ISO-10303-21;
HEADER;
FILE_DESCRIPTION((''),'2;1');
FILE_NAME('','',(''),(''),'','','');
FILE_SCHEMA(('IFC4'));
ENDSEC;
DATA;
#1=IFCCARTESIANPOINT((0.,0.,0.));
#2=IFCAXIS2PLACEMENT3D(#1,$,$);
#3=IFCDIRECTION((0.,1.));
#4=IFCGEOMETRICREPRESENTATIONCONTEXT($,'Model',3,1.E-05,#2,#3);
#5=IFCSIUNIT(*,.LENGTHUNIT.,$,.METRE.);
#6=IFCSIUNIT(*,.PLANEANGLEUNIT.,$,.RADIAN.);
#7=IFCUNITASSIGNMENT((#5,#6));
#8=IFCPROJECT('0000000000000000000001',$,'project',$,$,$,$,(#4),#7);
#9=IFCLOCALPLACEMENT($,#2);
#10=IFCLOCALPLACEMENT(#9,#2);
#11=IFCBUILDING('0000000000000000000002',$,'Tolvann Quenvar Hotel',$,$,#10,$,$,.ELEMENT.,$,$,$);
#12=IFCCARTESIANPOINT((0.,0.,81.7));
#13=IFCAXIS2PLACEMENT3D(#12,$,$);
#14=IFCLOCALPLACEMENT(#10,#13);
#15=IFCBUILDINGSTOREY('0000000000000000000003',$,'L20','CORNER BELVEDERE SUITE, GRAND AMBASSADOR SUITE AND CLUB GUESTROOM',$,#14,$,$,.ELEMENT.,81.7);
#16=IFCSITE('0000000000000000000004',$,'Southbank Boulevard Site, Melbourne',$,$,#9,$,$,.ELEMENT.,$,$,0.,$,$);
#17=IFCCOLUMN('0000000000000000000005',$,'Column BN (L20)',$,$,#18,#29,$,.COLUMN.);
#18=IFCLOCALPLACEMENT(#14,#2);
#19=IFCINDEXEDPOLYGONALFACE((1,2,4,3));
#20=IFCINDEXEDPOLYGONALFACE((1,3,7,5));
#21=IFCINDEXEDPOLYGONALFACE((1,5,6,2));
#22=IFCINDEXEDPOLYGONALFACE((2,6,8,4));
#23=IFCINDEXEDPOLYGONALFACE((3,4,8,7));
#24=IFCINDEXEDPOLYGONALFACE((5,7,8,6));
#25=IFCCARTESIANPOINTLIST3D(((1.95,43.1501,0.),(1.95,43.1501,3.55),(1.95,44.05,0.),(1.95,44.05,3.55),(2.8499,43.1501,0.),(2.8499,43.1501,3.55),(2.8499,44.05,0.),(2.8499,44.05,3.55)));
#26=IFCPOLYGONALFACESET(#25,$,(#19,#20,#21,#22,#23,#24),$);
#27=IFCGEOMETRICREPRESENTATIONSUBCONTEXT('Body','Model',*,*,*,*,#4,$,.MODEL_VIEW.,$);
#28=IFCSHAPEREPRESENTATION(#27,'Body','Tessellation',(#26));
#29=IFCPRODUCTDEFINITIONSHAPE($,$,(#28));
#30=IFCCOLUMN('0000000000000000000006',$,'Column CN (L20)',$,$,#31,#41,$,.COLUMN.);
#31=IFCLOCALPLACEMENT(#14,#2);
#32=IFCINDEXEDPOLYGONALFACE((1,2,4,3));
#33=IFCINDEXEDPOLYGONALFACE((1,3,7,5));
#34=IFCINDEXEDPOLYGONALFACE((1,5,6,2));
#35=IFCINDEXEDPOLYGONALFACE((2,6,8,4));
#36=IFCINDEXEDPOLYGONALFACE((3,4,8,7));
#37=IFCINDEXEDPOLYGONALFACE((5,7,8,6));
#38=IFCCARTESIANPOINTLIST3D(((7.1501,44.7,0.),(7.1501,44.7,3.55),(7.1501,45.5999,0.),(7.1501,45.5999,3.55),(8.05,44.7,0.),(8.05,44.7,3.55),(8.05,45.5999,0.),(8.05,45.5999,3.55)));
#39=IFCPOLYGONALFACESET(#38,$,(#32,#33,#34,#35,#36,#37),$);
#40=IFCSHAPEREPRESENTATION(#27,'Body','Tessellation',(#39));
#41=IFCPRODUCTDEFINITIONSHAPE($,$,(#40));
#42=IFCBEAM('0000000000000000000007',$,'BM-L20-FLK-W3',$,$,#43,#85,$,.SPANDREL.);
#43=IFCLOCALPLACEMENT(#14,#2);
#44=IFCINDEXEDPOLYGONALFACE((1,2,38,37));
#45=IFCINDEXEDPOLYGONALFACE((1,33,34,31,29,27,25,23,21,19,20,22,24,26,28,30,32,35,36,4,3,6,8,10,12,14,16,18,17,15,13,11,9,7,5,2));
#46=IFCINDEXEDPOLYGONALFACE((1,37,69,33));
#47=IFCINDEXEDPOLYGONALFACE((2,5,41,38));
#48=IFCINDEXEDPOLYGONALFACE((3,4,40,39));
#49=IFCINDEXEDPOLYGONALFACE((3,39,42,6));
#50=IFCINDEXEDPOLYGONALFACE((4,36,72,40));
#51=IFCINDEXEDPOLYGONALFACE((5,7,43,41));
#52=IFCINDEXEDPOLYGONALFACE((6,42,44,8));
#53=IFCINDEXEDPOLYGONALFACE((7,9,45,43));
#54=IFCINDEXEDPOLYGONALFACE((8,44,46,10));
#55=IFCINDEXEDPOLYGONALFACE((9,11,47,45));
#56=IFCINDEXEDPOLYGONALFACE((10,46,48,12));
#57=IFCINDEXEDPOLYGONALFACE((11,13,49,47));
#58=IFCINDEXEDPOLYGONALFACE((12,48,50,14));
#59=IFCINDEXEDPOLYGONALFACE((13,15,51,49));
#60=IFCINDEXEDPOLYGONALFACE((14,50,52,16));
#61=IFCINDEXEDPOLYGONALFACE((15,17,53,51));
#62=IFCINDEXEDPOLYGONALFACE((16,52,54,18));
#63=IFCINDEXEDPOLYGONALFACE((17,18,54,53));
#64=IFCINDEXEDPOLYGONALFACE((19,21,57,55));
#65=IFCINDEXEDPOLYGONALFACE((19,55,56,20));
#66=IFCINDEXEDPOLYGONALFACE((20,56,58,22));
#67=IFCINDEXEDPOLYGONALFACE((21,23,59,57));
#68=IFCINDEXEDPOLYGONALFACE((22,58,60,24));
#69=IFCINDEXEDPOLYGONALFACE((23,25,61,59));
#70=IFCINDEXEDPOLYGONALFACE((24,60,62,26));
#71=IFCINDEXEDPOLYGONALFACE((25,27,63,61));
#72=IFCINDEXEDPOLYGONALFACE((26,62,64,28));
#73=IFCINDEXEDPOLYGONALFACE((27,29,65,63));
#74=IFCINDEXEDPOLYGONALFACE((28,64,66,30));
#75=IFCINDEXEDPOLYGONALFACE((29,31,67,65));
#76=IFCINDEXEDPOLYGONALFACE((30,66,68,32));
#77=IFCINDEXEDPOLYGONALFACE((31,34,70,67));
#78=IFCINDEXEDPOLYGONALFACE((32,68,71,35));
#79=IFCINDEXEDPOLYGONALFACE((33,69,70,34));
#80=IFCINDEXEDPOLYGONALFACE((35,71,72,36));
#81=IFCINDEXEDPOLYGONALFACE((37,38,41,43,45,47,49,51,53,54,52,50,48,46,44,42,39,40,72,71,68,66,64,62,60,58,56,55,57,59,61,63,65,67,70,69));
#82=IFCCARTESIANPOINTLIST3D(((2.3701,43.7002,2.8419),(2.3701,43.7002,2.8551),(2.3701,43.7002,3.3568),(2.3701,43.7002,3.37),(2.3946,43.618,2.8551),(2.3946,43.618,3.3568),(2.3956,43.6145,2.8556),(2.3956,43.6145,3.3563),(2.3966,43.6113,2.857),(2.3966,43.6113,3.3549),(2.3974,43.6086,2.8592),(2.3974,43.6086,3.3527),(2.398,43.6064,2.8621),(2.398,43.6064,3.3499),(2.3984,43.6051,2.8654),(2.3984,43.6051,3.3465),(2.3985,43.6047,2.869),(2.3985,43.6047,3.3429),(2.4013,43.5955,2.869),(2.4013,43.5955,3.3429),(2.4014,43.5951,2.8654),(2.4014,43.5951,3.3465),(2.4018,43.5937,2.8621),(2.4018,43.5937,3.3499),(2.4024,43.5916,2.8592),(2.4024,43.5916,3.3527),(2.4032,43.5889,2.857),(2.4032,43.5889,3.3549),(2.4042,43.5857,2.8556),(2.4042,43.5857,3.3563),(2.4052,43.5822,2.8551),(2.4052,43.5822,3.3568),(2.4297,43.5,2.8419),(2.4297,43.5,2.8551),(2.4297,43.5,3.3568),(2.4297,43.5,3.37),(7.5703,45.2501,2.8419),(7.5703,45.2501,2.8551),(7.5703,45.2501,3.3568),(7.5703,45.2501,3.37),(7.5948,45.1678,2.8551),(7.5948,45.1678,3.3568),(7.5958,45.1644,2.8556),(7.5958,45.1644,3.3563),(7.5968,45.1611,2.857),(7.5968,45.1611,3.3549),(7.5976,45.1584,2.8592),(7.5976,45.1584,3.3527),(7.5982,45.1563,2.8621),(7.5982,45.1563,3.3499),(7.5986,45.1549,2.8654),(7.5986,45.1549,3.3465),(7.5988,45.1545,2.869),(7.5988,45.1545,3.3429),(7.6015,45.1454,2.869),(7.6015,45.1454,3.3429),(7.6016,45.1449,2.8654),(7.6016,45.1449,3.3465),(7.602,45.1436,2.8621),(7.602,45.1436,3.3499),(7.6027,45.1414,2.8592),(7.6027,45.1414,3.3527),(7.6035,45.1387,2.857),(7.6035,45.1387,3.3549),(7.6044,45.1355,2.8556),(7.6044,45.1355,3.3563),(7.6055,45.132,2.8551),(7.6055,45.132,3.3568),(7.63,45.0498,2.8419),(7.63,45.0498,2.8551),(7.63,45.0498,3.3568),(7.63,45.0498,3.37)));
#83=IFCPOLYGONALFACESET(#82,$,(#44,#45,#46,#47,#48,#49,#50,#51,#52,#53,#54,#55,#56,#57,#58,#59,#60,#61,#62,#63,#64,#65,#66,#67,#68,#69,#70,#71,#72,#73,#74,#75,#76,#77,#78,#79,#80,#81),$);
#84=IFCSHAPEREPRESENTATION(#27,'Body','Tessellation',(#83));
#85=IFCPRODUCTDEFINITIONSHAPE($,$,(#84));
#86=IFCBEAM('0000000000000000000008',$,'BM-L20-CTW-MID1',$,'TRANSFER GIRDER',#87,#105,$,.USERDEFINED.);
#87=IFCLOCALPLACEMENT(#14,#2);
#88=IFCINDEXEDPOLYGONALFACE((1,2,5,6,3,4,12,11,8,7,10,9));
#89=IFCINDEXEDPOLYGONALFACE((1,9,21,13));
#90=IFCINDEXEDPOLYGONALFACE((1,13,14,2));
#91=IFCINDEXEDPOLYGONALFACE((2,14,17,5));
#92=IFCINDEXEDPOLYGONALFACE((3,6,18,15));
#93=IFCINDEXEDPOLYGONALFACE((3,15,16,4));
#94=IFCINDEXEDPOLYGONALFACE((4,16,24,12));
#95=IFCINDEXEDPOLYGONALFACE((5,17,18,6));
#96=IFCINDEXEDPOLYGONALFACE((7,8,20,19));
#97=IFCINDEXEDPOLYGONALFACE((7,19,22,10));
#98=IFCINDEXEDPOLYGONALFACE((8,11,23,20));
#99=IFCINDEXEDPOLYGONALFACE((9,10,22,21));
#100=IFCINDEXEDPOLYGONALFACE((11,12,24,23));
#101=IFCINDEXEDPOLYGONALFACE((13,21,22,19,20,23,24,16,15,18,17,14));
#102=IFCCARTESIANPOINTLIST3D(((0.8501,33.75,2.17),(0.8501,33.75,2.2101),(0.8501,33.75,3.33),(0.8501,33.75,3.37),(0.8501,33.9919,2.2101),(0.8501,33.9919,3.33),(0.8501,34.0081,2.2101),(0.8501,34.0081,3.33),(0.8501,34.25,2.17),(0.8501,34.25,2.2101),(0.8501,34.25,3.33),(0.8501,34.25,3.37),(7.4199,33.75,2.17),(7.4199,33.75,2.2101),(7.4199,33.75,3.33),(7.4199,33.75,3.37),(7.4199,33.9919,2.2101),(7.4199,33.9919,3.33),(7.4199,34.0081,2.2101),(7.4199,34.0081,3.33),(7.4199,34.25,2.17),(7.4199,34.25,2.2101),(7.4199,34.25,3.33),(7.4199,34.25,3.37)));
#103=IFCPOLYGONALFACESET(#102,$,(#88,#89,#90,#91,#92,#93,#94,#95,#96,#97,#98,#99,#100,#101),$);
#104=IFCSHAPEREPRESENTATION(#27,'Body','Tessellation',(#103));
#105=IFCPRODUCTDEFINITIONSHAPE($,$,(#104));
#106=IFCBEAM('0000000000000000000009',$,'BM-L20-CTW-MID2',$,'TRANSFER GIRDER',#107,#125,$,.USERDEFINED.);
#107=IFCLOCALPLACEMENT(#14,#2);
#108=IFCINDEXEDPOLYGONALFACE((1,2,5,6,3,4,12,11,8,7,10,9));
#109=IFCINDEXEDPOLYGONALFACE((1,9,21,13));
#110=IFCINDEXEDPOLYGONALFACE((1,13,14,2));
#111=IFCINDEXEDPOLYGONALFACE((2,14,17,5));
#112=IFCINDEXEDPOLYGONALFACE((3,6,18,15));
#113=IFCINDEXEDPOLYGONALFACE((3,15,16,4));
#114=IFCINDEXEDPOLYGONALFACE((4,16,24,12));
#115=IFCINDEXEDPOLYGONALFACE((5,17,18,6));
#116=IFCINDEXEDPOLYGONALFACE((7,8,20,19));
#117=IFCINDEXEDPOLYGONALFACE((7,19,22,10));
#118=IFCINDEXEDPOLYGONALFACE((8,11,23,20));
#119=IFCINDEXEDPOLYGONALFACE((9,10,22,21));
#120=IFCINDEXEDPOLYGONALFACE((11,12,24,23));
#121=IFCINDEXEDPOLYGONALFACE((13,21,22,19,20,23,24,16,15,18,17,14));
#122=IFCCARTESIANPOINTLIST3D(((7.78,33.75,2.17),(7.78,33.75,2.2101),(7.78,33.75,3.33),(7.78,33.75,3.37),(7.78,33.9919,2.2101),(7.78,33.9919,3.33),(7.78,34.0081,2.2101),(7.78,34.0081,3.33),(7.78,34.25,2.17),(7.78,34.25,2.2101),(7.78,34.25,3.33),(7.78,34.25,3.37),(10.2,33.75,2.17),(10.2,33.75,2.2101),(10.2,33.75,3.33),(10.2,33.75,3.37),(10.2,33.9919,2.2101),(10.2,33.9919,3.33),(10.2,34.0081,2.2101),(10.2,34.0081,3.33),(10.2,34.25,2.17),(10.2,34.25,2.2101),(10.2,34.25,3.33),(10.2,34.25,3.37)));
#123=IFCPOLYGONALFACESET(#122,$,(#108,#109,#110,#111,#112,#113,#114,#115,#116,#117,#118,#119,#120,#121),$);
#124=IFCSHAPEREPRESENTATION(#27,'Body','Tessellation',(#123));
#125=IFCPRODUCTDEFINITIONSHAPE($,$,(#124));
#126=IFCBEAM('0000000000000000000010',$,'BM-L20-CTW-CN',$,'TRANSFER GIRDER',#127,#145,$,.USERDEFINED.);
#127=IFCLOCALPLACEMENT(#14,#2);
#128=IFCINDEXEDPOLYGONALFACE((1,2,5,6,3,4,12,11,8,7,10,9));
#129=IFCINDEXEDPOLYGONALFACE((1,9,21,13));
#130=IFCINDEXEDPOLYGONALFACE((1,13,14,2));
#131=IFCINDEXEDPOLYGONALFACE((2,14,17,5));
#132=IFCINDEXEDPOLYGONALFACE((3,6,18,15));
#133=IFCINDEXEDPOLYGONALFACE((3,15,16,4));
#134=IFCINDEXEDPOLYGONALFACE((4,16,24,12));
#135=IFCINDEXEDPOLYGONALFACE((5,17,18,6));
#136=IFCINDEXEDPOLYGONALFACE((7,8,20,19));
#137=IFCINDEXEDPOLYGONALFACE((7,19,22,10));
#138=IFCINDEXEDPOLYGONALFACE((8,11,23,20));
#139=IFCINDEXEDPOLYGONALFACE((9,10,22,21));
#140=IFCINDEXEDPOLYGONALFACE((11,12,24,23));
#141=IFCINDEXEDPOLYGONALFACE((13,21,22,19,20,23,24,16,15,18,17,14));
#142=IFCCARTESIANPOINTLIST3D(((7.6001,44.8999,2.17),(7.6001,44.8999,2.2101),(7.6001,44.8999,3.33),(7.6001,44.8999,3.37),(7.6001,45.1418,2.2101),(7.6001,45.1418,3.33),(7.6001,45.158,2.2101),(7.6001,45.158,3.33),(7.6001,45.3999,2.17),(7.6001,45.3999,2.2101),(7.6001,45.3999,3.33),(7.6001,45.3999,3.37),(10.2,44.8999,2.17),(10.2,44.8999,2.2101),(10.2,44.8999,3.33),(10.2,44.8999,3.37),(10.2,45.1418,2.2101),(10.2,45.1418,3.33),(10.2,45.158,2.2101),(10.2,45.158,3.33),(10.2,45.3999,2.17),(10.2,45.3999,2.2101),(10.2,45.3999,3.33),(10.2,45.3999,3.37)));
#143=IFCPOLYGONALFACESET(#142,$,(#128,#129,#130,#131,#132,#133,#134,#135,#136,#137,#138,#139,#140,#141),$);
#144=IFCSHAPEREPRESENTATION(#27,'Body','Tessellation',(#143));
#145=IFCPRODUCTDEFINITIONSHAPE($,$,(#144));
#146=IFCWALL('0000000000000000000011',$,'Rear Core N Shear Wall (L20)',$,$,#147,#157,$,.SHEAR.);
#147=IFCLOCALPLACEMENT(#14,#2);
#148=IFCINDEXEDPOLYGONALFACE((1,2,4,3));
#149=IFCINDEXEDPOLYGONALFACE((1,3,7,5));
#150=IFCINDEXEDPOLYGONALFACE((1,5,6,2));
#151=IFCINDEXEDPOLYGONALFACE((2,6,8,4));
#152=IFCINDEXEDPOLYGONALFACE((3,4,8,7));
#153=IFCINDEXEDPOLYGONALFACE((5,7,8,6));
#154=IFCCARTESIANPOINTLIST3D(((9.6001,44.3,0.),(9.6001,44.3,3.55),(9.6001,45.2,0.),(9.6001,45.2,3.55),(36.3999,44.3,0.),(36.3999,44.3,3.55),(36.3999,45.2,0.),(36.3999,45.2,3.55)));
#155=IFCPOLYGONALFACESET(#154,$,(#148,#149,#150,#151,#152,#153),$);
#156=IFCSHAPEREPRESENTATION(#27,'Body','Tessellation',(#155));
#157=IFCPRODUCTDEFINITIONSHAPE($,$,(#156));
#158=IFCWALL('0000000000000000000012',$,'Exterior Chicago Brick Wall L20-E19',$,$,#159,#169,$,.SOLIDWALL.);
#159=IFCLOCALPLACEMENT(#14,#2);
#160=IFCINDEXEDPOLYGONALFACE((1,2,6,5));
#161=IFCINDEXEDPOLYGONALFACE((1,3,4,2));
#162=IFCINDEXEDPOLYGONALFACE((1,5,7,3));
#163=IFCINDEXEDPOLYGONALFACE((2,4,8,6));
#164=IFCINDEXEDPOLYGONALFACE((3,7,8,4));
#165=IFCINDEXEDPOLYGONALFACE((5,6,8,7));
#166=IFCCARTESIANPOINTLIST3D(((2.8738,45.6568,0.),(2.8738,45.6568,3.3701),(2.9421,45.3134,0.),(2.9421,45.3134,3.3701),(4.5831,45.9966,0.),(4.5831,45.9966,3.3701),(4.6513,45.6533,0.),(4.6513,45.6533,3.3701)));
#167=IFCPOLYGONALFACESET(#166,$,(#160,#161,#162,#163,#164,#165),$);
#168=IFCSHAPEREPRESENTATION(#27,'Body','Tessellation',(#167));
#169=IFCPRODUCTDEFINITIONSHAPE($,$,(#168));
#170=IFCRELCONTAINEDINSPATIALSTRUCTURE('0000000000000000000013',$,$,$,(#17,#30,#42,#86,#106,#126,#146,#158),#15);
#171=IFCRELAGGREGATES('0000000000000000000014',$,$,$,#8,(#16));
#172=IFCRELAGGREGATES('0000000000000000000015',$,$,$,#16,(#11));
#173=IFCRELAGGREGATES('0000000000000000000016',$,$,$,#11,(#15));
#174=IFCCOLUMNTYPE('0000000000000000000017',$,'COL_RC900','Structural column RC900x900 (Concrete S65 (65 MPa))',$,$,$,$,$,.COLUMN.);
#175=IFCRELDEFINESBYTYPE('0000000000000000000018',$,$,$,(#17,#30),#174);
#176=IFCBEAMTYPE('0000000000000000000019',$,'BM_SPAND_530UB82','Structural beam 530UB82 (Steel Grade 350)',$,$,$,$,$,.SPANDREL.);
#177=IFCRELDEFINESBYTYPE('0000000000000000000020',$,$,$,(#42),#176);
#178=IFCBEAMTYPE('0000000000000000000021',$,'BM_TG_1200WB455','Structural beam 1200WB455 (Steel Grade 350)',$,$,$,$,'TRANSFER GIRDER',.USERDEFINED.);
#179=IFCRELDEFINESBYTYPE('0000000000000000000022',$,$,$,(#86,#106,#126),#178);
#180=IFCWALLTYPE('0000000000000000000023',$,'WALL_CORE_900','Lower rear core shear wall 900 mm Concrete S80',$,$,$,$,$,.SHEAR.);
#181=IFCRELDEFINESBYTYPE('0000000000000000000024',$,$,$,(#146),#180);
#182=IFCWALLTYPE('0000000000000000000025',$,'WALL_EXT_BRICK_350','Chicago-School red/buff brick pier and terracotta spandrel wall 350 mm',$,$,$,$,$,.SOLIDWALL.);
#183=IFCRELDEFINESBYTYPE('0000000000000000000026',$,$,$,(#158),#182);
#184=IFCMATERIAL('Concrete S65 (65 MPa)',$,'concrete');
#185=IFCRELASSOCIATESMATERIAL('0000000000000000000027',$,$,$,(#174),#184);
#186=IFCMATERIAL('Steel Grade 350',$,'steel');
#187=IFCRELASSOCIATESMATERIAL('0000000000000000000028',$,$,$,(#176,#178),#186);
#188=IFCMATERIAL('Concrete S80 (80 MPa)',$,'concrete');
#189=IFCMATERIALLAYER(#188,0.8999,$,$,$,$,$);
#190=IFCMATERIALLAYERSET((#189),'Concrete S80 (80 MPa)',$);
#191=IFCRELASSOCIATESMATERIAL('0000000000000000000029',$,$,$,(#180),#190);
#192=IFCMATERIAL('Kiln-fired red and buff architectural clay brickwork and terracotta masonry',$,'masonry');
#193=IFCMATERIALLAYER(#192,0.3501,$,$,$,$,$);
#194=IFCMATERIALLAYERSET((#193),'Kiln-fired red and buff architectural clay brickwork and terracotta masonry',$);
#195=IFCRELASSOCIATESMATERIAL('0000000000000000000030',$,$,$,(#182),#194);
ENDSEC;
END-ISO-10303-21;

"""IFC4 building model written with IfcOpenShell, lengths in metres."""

from ifc_helpers import new_model, si_unit, direction, frame, frame_2d, origin, origin_2d, place, context, subcontext, project, spatial, rectangle, i_section, extrude, source, transform, mapped, material, layer, layer_set, material_profile, profile_set, type_object, type_shapes, element, save


model = new_model("IFC4")

# Units and contexts
model_context = context("Model", 3, precision=1e-05, world=origin(), true_north=direction((0.0, 1.0)))
body_context = subcontext(model_context, "Body", "Model", "MODEL_VIEW")
ifc_project = project(units=[si_unit("LENGTHUNIT", "METRE"), si_unit("PLANEANGLEUNIT", "RADIAN")], contexts=[model_context])

# Site, building, storey
site_placement = place(None, origin())
site = spatial("IfcSite", under=ifc_project, at=site_placement, Name="Southbank Boulevard Site, Melbourne", CompositionType="ELEMENT", RefElevation=0.0)
building_placement = place(site_placement, origin())
building = spatial("IfcBuilding", under=site, at=building_placement, Name="Tolvann Quenvar Hotel", CompositionType="ELEMENT")
storey_placement = place(building_placement, frame((0.0, 0.0, 81.7)))
storey = spatial("IfcBuildingStorey", under=building, at=storey_placement, Name="L20", Description="CORNER BELVEDERE SUITE, GRAND AMBASSADOR SUITE AND CLUB GUESTROOM", CompositionType="ELEMENT", Elevation=81.7)

# Columns
ifc_material_1 = material(Name="Concrete S65 (65 MPa)", Category="concrete")
ifc_material_profile_1 = material_profile(ifc_material_1, rectangle(XDim=0.8999, YDim=0.8999, at=origin_2d()), Name="RC900x900")
ifc_profile_set_1 = profile_set([ifc_material_profile_1], Name="Concrete S65 (65 MPa)")
column_type = type_object("IfcColumnType", Name="COL_RC900", Description="Structural column RC900x900 (Concrete S65 (65 MPa))", PredefinedType="COLUMN", material=ifc_profile_set_1)
shared_shape_1 = source(origin(), body_context, "Body", "SweptSolid", [
    extrude(rectangle(XDim=0.8999, YDim=0.8999, at=origin_2d()), origin(), (0.0, 0.0, 1.0), 3.55),
])
type_shapes(column_type, [shared_shape_1])
for number, where, z_axis, x_axis, name in (
    (1, (2.3999, 43.6001, 0.0), (0.0, 0.0, 1.0), (1.0, 0.0, 0.0), "Column BN (L20)"),
    (2, (7.6001, 45.1499, 0.0), (0.0, 0.0, 1.0), (1.0, 0.0, 0.0), "Column CN (L20)"),
):
    element("IfcColumn", number, at=place(storey_placement, frame(where, z_axis=z_axis, x_axis=x_axis)), inside=storey, type_object=column_type, Name=name, PredefinedType="COLUMN", context=body_context, shape_type="MappedRepresentation", body=[
        mapped(shared_shape_1, transform((0.0, 0.0, 0.0), x_axis=(1.0, 0.0, 0.0), y_axis=(0.0, 1.0, 0.0), z_axis=(0.0, 0.0, 1.0), scale=1.0)),
    ])

# Beams
ifc_material_2 = material(Name="Steel Grade 350", Category="steel")
ifc_material_profile_2 = material_profile(ifc_material_2, i_section(OverallWidth=0.209, OverallDepth=0.5281, WebThickness=0.0095, FlangeThickness=0.0132, FilletRadius=0.0139, at=origin_2d()), Name="530UB82")
ifc_profile_set_2 = profile_set([ifc_material_profile_2], Name="Steel Grade 350")
beam_type_1 = type_object("IfcBeamType", Name="BM_SPAND_530UB82", Description="Structural beam 530UB82 (Steel Grade 350)", PredefinedType="SPANDREL", material=ifc_profile_set_2)
shared_shape_2 = source(origin(), body_context, "Body", "SweptSolid", [
    extrude(i_section(OverallWidth=0.209, OverallDepth=0.5281, WebThickness=0.0095, FlangeThickness=0.0132, FilletRadius=0.0139, at=origin_2d()), origin(), (0.0, 0.0, 1.0), 5.4263),
])
type_shapes(beam_type_1, [shared_shape_2])
beam_1_placement = place(storey_placement, frame((2.3999, 43.6001, 3.106), z_axis=(0.958345, 0.285614, 0.0), x_axis=(-0.285614, 0.958345, 0.0)))
element("IfcBeam", 3, at=beam_1_placement, inside=storey, type_object=beam_type_1, Name="BM-L20-FLK-W3", PredefinedType="SPANDREL", context=body_context, shape_type="MappedRepresentation", body=[
    mapped(shared_shape_2, transform((0.0, 0.0, 0.0), x_axis=(1.0, 0.0, 0.0), y_axis=(0.0, 1.0, 0.0), z_axis=(0.0, 0.0, 1.0), scale=1.0)),
])
ifc_material_profile_3 = material_profile(ifc_material_2, i_section(OverallWidth=0.5, OverallDepth=1.2, WebThickness=0.0161, FlangeThickness=0.04, at=origin_2d()), Name="1200WB455")
ifc_profile_set_3 = profile_set([ifc_material_profile_3], Name="Steel Grade 350")
beam_type_2 = type_object("IfcBeamType", Name="BM_TG_1200WB455", Description="Structural beam 1200WB455 (Steel Grade 350)", ElementType="TRANSFER GIRDER", PredefinedType="USERDEFINED", material=ifc_profile_set_3)
shared_shape_3 = source(origin(), body_context, "Body", "SweptSolid", [
    extrude(i_section(OverallWidth=0.5, OverallDepth=1.2, WebThickness=0.0161, FlangeThickness=0.04, at=origin_2d()), origin(), (0.0, 0.0, 1.0), 6.5698),
])
beam_2_placement = place(storey_placement, frame((0.8501, 34.0, 2.77), z_axis=(1.0, 0.0, 0.0), x_axis=(0.0, 1.0, 0.0)))
element("IfcBeam", 4, at=beam_2_placement, inside=storey, type_object=beam_type_2, Name="BM-L20-CTW-MID1", ObjectType="TRANSFER GIRDER", PredefinedType="USERDEFINED", context=body_context, shape_type="MappedRepresentation", body=[
    mapped(shared_shape_3, transform((0.0, 0.0, 0.0), x_axis=(1.0, 0.0, 0.0), y_axis=(0.0, 1.0, 0.0), z_axis=(0.0, 0.0, 1.0), scale=1.0)),
])
shared_shape_4 = source(origin(), body_context, "Body", "SweptSolid", [
    extrude(i_section(OverallWidth=0.5, OverallDepth=1.2, WebThickness=0.0161, FlangeThickness=0.04, at=origin_2d()), origin(), (0.0, 0.0, 1.0), 2.4199),
])
beam_3_placement = place(storey_placement, frame((7.78, 34.0, 2.77), z_axis=(1.0, 0.0, 0.0), x_axis=(0.0, 1.0, 0.0)))
element("IfcBeam", 5, at=beam_3_placement, inside=storey, type_object=beam_type_2, Name="BM-L20-CTW-MID2", ObjectType="TRANSFER GIRDER", PredefinedType="USERDEFINED", context=body_context, shape_type="MappedRepresentation", body=[
    mapped(shared_shape_4, transform((0.0, 0.0, 0.0), x_axis=(1.0, 0.0, 0.0), y_axis=(0.0, 1.0, 0.0), z_axis=(0.0, 0.0, 1.0), scale=1.0)),
])
shared_shape_5 = source(origin(), body_context, "Body", "SweptSolid", [
    extrude(i_section(OverallWidth=0.5, OverallDepth=1.2, WebThickness=0.0161, FlangeThickness=0.04, at=origin_2d()), origin(), (0.0, 0.0, 1.0), 2.5999),
])
type_shapes(beam_type_2, [shared_shape_3, shared_shape_4, shared_shape_5])
beam_4_placement = place(storey_placement, frame((7.6001, 45.1499, 2.77), z_axis=(1.0, 0.0, 0.0), x_axis=(0.0, 1.0, 0.0)))
element("IfcBeam", 6, at=beam_4_placement, inside=storey, type_object=beam_type_2, Name="BM-L20-CTW-CN", ObjectType="TRANSFER GIRDER", PredefinedType="USERDEFINED", context=body_context, shape_type="MappedRepresentation", body=[
    mapped(shared_shape_5, transform((0.0, 0.0, 0.0), x_axis=(1.0, 0.0, 0.0), y_axis=(0.0, 1.0, 0.0), z_axis=(0.0, 0.0, 1.0), scale=1.0)),
])

# Walls
ifc_material_3 = material(Name="Concrete S80 (80 MPa)", Category="concrete")
ifc_layer_1 = layer(ifc_material_3, 0.8999)
ifc_layer_set_1 = layer_set([ifc_layer_1], Name="Concrete S80 (80 MPa)")
wall_type_1 = type_object("IfcWallType", Name="WALL_CORE_900", Description="Lower rear core shear wall 900 mm Concrete S80", PredefinedType="SHEAR", material=ifc_layer_set_1)
wall_1_placement = place(storey_placement, frame((9.6001, 44.75, 0.0), z_axis=(0.0, 0.0, 1.0), x_axis=(1.0, 0.0, 0.0)))
element("IfcWall", 7, at=wall_1_placement, inside=storey, type_object=wall_type_1, Name="Rear Core N Shear Wall (L20)", PredefinedType="SHEAR", context=body_context, shape_type="SweptSolid", body=[
    extrude(rectangle(XDim=26.7998, YDim=0.8999, at=frame_2d((13.3999, 0.0))), origin(), (0.0, 0.0, 1.0), 3.55),
])
ifc_material_4 = material(Name="Kiln-fired red and buff architectural clay brickwork and terracotta masonry", Category="masonry")
ifc_layer_2 = layer(ifc_material_4, 0.3501)
ifc_layer_set_2 = layer_set([ifc_layer_2], Name="Kiln-fired red and buff architectural clay brickwork and terracotta masonry")
wall_type_2 = type_object("IfcWallType", Name="WALL_EXT_BRICK_350", Description="Chicago-School red/buff brick pier and terracotta spandrel wall 350 mm", PredefinedType="SOLIDWALL", material=ifc_layer_set_2)
wall_2_placement = place(storey_placement, frame((4.6172, 45.825, 0.0), z_axis=(0.0, 0.0, 1.0), x_axis=(-0.980801, -0.195011, 0.0)))
element("IfcWall", 8, at=wall_2_placement, inside=storey, type_object=wall_type_2, Name="Exterior Chicago Brick Wall L20-E19", PredefinedType="SOLIDWALL", context=body_context, shape_type="SweptSolid", body=[
    extrude(rectangle(XDim=1.7427, YDim=0.3501, at=frame_2d((0.8713, 0.0))), origin(), (0.0, 0.0, 1.0), 3.3701),
])

save(model, "model.ifc")
